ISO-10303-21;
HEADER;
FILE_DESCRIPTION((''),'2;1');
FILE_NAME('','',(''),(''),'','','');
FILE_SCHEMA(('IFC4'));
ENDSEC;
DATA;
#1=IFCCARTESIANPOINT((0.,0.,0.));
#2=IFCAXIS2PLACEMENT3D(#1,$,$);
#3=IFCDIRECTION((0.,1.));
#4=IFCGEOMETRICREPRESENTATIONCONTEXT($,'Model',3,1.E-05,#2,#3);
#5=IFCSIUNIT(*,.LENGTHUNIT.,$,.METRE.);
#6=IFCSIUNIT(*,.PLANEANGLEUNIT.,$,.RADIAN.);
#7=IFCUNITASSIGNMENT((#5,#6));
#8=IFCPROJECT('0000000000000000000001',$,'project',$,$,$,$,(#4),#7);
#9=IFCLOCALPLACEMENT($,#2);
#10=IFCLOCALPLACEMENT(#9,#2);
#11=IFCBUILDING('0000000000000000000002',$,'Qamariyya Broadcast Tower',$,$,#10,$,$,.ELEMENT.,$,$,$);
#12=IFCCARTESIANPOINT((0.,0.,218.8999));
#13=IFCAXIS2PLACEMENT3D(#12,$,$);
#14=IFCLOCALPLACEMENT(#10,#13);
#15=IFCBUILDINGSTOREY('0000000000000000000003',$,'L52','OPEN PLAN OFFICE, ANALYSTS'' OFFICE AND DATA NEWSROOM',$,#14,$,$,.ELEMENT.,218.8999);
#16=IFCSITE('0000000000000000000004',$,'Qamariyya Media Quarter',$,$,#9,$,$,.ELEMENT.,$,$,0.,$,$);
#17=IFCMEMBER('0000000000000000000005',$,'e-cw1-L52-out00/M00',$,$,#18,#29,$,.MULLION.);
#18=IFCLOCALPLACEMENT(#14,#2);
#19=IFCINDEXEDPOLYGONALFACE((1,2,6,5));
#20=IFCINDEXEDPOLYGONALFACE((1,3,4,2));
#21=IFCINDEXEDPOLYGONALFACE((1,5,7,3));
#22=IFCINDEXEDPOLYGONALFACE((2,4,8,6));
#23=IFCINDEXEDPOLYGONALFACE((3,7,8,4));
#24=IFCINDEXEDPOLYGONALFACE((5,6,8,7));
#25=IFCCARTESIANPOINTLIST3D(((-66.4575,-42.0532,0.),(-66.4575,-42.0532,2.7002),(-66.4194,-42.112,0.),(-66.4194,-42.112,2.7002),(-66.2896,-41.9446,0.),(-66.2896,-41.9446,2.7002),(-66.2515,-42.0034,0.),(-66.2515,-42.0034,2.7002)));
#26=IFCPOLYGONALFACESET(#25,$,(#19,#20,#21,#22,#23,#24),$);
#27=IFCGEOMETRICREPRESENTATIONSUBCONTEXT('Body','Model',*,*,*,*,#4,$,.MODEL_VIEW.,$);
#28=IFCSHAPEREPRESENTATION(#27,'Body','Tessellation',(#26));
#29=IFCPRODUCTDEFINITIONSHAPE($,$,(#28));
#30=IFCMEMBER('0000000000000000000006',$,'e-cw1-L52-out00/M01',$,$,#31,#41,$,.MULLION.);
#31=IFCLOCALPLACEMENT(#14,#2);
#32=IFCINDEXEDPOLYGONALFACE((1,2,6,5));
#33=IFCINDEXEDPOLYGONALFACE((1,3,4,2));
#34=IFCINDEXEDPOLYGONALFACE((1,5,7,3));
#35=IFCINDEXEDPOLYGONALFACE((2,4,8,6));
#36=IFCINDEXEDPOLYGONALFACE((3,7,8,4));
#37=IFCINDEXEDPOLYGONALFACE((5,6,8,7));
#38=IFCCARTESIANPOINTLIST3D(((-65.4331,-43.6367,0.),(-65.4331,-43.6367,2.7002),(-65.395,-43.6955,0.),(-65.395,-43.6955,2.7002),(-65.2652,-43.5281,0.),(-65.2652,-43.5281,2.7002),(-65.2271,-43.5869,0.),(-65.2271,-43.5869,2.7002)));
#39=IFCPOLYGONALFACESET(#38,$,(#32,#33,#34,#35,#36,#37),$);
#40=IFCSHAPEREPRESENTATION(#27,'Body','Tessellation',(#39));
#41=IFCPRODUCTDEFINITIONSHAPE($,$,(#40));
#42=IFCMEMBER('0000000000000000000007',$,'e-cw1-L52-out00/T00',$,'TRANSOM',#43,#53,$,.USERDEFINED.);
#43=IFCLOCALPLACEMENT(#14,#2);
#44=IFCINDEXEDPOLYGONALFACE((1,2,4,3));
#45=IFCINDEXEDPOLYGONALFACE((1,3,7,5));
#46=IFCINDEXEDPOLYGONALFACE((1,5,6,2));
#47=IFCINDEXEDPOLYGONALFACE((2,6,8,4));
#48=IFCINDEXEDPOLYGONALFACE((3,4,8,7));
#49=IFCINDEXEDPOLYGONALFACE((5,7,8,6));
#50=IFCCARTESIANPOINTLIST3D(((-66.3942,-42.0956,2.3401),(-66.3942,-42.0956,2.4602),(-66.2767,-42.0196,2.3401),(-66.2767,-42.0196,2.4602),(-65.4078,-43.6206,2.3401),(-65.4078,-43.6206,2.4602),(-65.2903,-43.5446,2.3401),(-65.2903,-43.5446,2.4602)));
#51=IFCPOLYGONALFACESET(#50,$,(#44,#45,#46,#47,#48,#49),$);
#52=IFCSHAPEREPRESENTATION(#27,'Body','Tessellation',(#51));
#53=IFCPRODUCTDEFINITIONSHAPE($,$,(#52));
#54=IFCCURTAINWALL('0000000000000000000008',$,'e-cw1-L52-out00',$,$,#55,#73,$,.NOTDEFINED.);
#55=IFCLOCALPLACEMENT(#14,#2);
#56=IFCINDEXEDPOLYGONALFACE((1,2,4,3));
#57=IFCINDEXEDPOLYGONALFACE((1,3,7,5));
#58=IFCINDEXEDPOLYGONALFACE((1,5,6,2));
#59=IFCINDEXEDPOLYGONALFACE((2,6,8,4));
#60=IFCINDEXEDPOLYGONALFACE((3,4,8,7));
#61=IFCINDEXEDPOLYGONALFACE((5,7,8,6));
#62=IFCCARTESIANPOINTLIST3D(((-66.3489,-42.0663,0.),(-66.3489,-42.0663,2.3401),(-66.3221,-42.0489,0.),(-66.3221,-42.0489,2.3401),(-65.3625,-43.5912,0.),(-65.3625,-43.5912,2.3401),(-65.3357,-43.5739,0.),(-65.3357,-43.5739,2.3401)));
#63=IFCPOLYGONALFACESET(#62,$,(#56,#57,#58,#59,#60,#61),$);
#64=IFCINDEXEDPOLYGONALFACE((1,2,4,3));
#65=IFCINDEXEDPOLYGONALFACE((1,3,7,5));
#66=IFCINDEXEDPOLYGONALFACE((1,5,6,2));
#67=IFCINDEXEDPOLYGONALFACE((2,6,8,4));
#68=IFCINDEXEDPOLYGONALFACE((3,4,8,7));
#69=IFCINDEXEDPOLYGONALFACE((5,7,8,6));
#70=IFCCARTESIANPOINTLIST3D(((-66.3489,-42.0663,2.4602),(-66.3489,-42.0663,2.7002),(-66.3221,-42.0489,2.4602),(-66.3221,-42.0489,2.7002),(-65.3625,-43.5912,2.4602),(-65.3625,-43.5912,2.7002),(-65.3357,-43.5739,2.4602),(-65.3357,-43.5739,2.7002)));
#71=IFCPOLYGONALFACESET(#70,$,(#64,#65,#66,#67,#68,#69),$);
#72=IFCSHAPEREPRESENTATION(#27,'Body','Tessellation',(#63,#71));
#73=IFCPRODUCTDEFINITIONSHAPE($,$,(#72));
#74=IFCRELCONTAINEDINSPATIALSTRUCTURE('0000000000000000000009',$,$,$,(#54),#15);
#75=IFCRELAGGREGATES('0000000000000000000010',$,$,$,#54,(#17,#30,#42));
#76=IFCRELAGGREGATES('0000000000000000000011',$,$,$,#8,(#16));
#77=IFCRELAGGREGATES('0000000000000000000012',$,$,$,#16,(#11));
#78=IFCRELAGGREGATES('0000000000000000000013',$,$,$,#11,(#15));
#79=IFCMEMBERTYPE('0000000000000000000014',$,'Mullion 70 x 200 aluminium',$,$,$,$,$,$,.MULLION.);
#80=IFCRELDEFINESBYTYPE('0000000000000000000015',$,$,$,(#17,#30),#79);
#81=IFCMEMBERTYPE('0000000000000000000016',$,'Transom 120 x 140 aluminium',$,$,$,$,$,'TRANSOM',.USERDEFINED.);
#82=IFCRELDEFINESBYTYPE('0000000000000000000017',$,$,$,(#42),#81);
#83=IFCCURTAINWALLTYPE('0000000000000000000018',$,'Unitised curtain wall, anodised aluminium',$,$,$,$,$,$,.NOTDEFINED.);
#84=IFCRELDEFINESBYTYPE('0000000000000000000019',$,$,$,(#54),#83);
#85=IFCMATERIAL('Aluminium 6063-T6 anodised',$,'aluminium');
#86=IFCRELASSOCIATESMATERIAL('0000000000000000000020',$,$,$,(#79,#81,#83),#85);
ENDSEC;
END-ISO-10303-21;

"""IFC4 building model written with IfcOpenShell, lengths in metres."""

from ifc_helpers import new_model, si_unit, direction, frame, origin, origin_2d, place, context, subcontext, project, spatial, rectangle, extrude, material, material_profile, profile_set, type_object, element, aggregate, save


model = new_model("IFC4")

# Units and contexts
model_context = context("Model", 3, precision=1e-05, world=origin(), true_north=direction((0.0, 1.0)))
body_context = subcontext(model_context, "Body", "Model", "MODEL_VIEW")
ifc_project = project(units=[si_unit("LENGTHUNIT", "METRE"), si_unit("PLANEANGLEUNIT", "RADIAN")], contexts=[model_context])

# Members
ifc_material = material(Name="Aluminium 6063-T6 anodised", Category="aluminium")
ifc_material_profile_1 = material_profile(ifc_material, rectangle(XDim=0.2, YDim=0.0701, at=origin_2d()))
ifc_profile_set_1 = profile_set([ifc_material_profile_1], Name="Aluminium 6063-T6 anodised")
member_type_1 = type_object("IfcMemberType", Name="Mullion 70 x 200 aluminium", PredefinedType="MULLION", material=ifc_profile_set_1)
site_placement = place(None, origin())
building_placement = place(site_placement, origin())
storey_placement = place(building_placement, frame((0.0, 0.0, 218.8999)))
member_1_placement = place(storey_placement, frame((-66.3545, -42.0283, 0.0), z_axis=(0.0, 0.0, 1.0), x_axis=(0.839646, 0.543134, 0.0)))
member_1 = element("IfcMember", 1, at=member_1_placement, type_object=member_type_1, Name="e-cw1-L52-out00/M00", PredefinedType="MULLION", context=body_context, shape_type="SweptSolid", body=[
    extrude(rectangle(XDim=0.2, YDim=0.0701, at=origin_2d()), origin(), (0.0, 0.0, 1.0), 2.7002),
])
member_2_placement = place(storey_placement, frame((-65.3301, -43.6118, 0.0), z_axis=(0.0, 0.0, 1.0), x_axis=(0.839646, 0.543134, 0.0)))
member_2 = element("IfcMember", 2, at=member_2_placement, type_object=member_type_1, Name="e-cw1-L52-out00/M01", PredefinedType="MULLION", context=body_context, shape_type="SweptSolid", body=[
    extrude(rectangle(XDim=0.2, YDim=0.0701, at=origin_2d()), origin(), (0.0, 0.0, 1.0), 2.7002),
])
ifc_material_profile_2 = material_profile(ifc_material, rectangle(XDim=0.1399, YDim=0.1201, at=origin_2d()))
ifc_profile_set_2 = profile_set([ifc_material_profile_2], Name="Aluminium 6063-T6 anodised")
member_type_2 = type_object("IfcMemberType", Name="Transom 120 x 140 aluminium", ElementType="TRANSOM", PredefinedType="USERDEFINED", material=ifc_profile_set_2)
member_3_placement = place(storey_placement, frame((-66.3354, -42.0576, 2.4001), z_axis=(0.543106, -0.839664, 0.0), x_axis=(0.839664, 0.543106, 0.0)))
member_3 = element("IfcMember", 3, at=member_3_placement, type_object=member_type_2, Name="e-cw1-L52-out00/T00", ObjectType="TRANSOM", PredefinedType="USERDEFINED", context=body_context, shape_type="SweptSolid", body=[
    extrude(rectangle(XDim=0.1399, YDim=0.1201, at=origin_2d()), origin(), (0.0, 0.0, 1.0), 1.8162),
])

# Site, building, storey
site = spatial("IfcSite", under=ifc_project, at=site_placement, Name="Qamariyya Media Quarter", CompositionType="ELEMENT", RefElevation=0.0)
building = spatial("IfcBuilding", under=site, at=building_placement, Name="Qamariyya Broadcast Tower", CompositionType="ELEMENT")
storey = spatial("IfcBuildingStorey", under=building, at=storey_placement, Name="L52", Description="OPEN PLAN OFFICE, ANALYSTS' OFFICE AND DATA NEWSROOM", CompositionType="ELEMENT", Elevation=218.8999)

# Curtain wall
curtain_wall_type = type_object("IfcCurtainWallType", Name="Unitised curtain wall, anodised aluminium", PredefinedType="NOTDEFINED", material=ifc_material)
curtain_wall_1_placement = place(storey_placement, origin())
curtain_wall_1 = element("IfcCurtainWall", 4, at=curtain_wall_1_placement, inside=storey, type_object=curtain_wall_type, Name="e-cw1-L52-out00", PredefinedType="NOTDEFINED", context=body_context, shape_type="SweptSolid", body=[
    extrude(rectangle(XDim=1.8162, YDim=0.032, at=origin_2d()), frame((-65.8423, -42.8201, 0.0), x_axis=(0.543127, -0.839651, 0.0)), (0.0, 0.0, 1.0), 2.3401),
    extrude(rectangle(XDim=1.8162, YDim=0.032, at=origin_2d()), frame((-65.8423, -42.8201, 2.4602), x_axis=(0.543127, -0.839651, 0.0)), (0.0, 0.0, 1.0), 0.24),
])
aggregate(curtain_wall_1, [member_1, member_2, member_3])

save(model, "model.ifc")
